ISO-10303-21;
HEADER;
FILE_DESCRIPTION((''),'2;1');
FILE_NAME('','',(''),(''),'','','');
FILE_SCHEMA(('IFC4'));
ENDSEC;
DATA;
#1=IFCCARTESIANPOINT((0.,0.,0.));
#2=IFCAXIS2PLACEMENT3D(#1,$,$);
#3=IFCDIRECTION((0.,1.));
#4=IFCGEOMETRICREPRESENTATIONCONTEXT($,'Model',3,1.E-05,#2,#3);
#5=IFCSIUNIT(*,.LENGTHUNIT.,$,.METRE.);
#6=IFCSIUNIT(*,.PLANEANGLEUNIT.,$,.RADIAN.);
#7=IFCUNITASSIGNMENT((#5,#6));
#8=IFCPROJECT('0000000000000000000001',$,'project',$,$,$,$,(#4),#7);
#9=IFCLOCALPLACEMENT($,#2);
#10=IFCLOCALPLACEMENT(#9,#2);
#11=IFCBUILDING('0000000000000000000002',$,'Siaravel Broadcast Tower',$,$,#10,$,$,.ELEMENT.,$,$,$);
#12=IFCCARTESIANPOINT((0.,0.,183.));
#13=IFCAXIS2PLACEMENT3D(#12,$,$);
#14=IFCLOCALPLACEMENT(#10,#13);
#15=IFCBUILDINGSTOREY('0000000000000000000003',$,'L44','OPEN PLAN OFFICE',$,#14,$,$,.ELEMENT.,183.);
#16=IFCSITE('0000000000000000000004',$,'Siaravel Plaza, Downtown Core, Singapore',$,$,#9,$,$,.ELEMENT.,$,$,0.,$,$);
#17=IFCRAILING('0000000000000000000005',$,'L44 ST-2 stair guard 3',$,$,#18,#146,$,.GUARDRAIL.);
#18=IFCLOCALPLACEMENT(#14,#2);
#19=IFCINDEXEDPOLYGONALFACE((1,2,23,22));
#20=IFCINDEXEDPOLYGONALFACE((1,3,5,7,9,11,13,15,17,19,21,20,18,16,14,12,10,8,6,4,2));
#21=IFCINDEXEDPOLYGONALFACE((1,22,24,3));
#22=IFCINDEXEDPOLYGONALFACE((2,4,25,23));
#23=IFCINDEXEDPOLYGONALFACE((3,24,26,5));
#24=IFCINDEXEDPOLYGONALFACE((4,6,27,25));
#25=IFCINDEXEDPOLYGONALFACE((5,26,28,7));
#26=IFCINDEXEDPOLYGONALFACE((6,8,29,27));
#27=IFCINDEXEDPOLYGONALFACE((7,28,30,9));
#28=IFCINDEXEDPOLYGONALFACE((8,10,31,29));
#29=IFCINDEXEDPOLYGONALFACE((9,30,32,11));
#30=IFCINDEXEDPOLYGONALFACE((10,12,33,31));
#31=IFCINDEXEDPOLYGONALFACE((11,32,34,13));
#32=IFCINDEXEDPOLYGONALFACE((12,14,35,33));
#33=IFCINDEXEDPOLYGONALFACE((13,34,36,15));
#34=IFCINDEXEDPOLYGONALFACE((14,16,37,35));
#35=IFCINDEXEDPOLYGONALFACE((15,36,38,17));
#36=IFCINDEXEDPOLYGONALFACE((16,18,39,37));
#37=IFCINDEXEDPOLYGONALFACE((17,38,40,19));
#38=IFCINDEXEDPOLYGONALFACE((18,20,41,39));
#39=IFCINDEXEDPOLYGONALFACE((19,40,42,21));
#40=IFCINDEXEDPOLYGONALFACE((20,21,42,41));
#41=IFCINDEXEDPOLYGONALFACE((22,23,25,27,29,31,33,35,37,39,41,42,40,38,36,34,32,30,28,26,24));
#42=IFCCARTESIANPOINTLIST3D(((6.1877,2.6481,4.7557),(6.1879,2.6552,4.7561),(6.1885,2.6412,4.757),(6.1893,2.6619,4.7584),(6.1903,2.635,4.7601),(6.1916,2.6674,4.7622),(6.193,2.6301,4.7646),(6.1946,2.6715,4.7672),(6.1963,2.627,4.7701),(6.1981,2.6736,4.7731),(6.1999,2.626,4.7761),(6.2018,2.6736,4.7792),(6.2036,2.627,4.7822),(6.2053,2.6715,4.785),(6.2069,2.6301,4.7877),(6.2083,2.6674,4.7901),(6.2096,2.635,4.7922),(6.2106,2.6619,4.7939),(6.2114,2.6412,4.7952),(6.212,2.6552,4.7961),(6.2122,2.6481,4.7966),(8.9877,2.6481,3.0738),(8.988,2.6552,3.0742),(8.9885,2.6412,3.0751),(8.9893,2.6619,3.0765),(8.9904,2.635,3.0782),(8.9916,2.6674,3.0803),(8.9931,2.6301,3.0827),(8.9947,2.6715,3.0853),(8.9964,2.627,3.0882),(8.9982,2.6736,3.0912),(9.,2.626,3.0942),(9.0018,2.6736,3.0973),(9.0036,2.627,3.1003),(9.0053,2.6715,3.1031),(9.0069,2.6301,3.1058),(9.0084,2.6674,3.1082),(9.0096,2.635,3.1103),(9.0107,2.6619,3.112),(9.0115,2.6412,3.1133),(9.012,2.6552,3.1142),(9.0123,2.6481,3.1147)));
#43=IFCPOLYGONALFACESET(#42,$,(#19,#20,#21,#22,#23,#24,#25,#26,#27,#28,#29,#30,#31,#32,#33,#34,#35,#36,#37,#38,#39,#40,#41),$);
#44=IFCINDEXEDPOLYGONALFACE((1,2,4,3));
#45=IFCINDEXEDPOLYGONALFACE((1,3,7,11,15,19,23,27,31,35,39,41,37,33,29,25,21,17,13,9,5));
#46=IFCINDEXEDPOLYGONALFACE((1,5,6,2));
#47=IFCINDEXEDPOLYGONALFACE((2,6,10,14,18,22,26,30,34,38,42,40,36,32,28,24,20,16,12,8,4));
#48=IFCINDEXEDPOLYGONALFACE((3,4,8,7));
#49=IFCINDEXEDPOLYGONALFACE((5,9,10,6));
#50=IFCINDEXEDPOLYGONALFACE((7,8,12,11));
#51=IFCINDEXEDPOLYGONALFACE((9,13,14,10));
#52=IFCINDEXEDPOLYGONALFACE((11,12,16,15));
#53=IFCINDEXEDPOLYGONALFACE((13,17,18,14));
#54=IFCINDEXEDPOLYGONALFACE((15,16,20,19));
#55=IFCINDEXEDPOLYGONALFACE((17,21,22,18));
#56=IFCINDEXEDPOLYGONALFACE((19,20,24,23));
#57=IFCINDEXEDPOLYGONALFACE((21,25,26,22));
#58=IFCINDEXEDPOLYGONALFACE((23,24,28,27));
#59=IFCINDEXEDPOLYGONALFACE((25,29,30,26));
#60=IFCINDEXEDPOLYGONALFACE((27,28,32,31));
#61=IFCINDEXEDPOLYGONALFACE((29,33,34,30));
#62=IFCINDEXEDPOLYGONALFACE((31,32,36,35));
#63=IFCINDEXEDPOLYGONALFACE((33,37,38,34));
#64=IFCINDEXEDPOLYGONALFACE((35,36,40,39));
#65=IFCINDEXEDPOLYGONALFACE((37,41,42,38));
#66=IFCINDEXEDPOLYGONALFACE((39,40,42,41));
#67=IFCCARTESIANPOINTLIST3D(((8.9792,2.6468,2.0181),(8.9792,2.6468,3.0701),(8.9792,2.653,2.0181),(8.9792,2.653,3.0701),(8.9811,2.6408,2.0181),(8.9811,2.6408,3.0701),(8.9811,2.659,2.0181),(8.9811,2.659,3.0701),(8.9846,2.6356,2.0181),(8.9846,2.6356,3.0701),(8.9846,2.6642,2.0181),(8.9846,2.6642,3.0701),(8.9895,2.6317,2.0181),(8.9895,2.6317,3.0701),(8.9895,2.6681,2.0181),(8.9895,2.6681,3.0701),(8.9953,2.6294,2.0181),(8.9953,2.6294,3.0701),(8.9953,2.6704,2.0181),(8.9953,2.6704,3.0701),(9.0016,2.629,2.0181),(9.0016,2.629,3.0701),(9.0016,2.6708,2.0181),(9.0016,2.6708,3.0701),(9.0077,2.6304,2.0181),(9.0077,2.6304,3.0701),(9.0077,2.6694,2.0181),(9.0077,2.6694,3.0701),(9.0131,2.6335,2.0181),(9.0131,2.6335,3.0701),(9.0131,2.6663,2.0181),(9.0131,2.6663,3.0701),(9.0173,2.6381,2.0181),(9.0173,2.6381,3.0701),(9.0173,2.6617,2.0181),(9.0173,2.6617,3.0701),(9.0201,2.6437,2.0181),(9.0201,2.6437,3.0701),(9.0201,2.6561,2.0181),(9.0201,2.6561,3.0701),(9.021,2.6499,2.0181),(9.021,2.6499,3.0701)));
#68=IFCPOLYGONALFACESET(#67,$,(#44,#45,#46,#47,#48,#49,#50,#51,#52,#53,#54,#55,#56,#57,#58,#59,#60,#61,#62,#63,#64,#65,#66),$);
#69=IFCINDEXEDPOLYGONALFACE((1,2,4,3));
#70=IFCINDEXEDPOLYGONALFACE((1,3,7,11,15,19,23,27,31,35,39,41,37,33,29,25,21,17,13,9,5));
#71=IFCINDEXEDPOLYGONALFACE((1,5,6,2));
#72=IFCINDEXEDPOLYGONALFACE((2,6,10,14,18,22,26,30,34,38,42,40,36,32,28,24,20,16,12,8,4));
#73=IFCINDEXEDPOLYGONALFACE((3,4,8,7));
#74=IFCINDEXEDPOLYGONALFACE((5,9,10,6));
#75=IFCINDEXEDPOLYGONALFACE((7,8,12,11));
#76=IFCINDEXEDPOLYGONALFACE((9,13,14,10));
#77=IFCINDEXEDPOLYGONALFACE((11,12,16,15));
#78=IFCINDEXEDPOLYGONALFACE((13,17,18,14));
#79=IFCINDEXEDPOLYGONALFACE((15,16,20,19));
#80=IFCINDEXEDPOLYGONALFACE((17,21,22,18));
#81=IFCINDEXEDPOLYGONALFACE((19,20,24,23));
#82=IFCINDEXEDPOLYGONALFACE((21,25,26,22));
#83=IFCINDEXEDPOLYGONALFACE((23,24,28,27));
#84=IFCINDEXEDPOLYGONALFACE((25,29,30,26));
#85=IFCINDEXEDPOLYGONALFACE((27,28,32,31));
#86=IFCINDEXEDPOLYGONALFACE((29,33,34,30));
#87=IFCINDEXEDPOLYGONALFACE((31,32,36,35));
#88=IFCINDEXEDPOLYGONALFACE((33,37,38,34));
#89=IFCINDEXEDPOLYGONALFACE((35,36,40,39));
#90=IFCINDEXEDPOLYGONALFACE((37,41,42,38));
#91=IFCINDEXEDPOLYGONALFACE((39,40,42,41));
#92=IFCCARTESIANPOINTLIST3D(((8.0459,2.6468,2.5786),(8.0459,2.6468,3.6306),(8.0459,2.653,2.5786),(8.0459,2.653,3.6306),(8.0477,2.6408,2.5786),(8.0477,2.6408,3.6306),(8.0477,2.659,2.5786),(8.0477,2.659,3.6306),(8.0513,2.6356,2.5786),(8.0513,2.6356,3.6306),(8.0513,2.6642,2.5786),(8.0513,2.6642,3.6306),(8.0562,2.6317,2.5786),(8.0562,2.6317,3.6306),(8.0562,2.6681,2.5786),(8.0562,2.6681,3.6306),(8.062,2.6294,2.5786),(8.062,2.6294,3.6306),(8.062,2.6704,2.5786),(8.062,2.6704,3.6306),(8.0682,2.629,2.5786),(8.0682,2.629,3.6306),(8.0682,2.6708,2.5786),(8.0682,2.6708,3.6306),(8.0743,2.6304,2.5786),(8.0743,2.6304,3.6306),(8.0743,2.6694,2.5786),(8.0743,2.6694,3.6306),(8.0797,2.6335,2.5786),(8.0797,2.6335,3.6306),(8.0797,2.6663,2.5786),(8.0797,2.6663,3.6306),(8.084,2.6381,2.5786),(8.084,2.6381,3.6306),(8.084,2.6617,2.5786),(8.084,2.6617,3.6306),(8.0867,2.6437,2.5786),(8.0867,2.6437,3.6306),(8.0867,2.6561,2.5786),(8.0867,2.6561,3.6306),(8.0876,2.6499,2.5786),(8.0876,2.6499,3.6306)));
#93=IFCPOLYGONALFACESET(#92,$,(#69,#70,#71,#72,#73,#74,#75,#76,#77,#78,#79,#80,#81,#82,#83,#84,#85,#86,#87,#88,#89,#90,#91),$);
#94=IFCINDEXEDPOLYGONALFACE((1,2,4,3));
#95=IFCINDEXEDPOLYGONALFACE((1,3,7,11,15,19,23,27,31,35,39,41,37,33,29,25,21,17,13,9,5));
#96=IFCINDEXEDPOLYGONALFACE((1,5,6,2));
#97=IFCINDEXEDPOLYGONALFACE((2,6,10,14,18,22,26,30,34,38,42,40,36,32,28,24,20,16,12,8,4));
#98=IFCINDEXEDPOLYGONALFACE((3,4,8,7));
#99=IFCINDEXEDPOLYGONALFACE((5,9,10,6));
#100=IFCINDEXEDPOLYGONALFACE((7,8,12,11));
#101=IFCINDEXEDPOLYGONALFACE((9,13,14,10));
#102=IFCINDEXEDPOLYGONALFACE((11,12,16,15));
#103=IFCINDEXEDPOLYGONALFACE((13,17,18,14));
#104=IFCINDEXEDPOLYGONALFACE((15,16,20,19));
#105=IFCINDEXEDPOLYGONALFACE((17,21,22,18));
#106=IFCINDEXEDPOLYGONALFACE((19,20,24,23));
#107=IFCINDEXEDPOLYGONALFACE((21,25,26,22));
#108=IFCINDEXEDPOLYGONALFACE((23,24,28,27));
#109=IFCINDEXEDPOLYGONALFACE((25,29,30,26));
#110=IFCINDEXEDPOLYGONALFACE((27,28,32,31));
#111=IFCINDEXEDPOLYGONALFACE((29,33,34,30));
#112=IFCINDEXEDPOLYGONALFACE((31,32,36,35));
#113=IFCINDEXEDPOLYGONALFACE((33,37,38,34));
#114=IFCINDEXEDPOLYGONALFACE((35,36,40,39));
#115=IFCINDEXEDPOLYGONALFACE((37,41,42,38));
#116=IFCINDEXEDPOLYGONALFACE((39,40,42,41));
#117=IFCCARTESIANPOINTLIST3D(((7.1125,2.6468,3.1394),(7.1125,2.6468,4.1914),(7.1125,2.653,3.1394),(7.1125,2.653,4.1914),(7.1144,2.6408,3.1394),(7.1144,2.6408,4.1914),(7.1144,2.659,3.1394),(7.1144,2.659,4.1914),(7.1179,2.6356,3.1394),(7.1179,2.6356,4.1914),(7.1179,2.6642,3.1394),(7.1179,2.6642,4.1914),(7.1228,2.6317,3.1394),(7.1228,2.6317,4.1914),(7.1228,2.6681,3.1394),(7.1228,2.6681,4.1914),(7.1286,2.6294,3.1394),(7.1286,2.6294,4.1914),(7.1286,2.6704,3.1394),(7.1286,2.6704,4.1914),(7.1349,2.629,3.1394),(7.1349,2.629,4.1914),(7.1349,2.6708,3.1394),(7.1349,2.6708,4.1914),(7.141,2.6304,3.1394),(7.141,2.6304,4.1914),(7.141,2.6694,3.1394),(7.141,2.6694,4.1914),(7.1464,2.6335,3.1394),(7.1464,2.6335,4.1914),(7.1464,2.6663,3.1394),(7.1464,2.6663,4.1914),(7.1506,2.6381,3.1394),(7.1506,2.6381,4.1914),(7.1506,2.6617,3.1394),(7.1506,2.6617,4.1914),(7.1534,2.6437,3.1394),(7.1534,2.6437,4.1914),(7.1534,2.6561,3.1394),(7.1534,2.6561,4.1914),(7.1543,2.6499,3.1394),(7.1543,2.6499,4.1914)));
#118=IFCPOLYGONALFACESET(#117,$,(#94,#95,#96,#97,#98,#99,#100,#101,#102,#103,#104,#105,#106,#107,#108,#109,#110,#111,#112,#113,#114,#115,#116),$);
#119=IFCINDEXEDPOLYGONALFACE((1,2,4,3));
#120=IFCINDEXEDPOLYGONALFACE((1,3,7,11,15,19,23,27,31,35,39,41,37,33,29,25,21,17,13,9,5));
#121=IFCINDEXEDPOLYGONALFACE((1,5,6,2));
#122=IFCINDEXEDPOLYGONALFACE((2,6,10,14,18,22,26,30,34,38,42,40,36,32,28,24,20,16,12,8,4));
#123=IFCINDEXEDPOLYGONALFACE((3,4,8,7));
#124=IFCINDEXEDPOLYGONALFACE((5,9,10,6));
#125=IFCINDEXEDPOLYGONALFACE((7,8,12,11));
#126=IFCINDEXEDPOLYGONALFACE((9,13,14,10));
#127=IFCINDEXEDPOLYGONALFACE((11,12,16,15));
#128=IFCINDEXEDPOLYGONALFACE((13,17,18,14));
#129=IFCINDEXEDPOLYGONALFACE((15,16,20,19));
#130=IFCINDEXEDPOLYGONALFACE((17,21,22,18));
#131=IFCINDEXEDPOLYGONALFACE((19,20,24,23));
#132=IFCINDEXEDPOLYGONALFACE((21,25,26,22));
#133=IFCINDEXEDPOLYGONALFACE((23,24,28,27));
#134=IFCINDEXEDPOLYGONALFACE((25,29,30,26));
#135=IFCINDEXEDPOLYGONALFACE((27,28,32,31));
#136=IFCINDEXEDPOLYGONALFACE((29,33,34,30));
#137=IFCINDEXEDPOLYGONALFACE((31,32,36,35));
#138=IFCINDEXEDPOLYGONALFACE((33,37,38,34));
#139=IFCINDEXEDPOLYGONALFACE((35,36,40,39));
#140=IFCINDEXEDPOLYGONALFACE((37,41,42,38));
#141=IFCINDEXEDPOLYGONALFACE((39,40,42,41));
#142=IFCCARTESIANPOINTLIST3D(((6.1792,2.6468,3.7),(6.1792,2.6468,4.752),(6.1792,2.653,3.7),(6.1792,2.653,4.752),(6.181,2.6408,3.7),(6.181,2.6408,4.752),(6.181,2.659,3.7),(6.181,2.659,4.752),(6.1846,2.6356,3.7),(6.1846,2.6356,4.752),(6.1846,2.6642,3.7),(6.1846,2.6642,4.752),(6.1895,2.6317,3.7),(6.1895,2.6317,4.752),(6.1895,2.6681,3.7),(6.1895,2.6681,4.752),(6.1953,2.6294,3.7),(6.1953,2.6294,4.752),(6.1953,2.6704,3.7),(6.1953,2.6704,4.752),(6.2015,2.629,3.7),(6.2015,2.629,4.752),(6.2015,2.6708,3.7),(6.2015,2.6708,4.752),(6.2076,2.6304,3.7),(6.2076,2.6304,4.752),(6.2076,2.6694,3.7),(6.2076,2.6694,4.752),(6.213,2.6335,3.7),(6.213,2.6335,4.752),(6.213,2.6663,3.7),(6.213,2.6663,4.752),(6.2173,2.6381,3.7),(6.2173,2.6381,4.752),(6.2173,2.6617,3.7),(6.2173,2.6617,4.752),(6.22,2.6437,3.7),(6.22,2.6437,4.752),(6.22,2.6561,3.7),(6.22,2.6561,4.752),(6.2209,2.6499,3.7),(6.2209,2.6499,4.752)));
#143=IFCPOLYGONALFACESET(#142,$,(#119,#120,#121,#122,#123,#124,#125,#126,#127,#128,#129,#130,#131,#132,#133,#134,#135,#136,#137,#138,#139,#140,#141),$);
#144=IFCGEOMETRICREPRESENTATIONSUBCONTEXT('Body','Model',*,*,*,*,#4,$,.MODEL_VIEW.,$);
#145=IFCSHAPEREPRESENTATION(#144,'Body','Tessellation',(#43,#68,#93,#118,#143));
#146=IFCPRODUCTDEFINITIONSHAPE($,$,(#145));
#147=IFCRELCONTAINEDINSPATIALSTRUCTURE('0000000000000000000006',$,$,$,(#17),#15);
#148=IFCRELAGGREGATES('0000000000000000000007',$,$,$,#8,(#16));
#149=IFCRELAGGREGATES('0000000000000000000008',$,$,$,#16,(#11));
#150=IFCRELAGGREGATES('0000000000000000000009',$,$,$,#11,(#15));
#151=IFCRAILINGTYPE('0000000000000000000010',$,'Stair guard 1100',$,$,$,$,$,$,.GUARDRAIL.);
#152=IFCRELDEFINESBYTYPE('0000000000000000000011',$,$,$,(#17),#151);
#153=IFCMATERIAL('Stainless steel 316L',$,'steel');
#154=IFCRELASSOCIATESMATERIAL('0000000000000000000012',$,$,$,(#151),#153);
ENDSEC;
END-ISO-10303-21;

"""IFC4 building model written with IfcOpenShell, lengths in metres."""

from ifc_helpers import new_model, si_unit, direction, frame, origin, origin_2d, place, context, subcontext, project, spatial, circle, extrude, material, type_object, element, save


model = new_model("IFC4")

# Units and contexts
model_context = context("Model", 3, precision=1e-05, world=origin(), true_north=direction((0.0, 1.0)))
body_context = subcontext(model_context, "Body", "Model", "MODEL_VIEW")
ifc_project = project(units=[si_unit("LENGTHUNIT", "METRE"), si_unit("PLANEANGLEUNIT", "RADIAN")], contexts=[model_context])

# Site, building, storey
site_placement = place(None, origin())
site = spatial("IfcSite", under=ifc_project, at=site_placement, Name="Siaravel Plaza, Downtown Core, Singapore", CompositionType="ELEMENT", RefElevation=0.0)
building_placement = place(site_placement, origin())
building = spatial("IfcBuilding", under=site, at=building_placement, Name="Siaravel Broadcast Tower", CompositionType="ELEMENT")
storey_placement = place(building_placement, frame((0.0, 0.0, 183.0)))
storey = spatial("IfcBuildingStorey", under=building, at=storey_placement, Name="L44", Description="OPEN PLAN OFFICE", CompositionType="ELEMENT", Elevation=183.0)

# Railing
ifc_material_1 = material(Name="Stainless steel 316L", Category="steel")
railing_type_1 = type_object("IfcRailingType", Name="Stair guard 1100", PredefinedType="GUARDRAIL", material=ifc_material_1)
railing_1_placement = place(storey_placement, frame((9.0, 2.6499, 2.0181)))
element("IfcRailing", 1, at=railing_1_placement, inside=storey, type_object=railing_type_1, Name="L44 ST-2 stair guard 3", PredefinedType="GUARDRAIL", context=body_context, shape_type="SweptSolid", body=[
    extrude(circle(Radius=0.0239, at=origin_2d()), frame((0.0, 0.0, 1.0762), z_axis=(-0.857242, 0.0, 0.514913), x_axis=(0.0, -1.0, 0.0)), (0.0, 0.0, 1.0), 3.2664),
    extrude(circle(Radius=0.021, at=origin_2d()), origin(), (0.0, 0.0, 1.0), 1.052),
    extrude(circle(Radius=0.021, at=origin_2d()), frame((-0.9333, 0.0, 0.5605)), (0.0, 0.0, 1.0), 1.052),
    extrude(circle(Radius=0.021, at=origin_2d()), frame((-1.8667, 0.0, 1.1213)), (0.0, 0.0, 1.0), 1.052),
    extrude(circle(Radius=0.021, at=origin_2d()), frame((-2.8, 0.0, 1.6819)), (0.0, 0.0, 1.0), 1.052),
])

save(model, "model.ifc")
